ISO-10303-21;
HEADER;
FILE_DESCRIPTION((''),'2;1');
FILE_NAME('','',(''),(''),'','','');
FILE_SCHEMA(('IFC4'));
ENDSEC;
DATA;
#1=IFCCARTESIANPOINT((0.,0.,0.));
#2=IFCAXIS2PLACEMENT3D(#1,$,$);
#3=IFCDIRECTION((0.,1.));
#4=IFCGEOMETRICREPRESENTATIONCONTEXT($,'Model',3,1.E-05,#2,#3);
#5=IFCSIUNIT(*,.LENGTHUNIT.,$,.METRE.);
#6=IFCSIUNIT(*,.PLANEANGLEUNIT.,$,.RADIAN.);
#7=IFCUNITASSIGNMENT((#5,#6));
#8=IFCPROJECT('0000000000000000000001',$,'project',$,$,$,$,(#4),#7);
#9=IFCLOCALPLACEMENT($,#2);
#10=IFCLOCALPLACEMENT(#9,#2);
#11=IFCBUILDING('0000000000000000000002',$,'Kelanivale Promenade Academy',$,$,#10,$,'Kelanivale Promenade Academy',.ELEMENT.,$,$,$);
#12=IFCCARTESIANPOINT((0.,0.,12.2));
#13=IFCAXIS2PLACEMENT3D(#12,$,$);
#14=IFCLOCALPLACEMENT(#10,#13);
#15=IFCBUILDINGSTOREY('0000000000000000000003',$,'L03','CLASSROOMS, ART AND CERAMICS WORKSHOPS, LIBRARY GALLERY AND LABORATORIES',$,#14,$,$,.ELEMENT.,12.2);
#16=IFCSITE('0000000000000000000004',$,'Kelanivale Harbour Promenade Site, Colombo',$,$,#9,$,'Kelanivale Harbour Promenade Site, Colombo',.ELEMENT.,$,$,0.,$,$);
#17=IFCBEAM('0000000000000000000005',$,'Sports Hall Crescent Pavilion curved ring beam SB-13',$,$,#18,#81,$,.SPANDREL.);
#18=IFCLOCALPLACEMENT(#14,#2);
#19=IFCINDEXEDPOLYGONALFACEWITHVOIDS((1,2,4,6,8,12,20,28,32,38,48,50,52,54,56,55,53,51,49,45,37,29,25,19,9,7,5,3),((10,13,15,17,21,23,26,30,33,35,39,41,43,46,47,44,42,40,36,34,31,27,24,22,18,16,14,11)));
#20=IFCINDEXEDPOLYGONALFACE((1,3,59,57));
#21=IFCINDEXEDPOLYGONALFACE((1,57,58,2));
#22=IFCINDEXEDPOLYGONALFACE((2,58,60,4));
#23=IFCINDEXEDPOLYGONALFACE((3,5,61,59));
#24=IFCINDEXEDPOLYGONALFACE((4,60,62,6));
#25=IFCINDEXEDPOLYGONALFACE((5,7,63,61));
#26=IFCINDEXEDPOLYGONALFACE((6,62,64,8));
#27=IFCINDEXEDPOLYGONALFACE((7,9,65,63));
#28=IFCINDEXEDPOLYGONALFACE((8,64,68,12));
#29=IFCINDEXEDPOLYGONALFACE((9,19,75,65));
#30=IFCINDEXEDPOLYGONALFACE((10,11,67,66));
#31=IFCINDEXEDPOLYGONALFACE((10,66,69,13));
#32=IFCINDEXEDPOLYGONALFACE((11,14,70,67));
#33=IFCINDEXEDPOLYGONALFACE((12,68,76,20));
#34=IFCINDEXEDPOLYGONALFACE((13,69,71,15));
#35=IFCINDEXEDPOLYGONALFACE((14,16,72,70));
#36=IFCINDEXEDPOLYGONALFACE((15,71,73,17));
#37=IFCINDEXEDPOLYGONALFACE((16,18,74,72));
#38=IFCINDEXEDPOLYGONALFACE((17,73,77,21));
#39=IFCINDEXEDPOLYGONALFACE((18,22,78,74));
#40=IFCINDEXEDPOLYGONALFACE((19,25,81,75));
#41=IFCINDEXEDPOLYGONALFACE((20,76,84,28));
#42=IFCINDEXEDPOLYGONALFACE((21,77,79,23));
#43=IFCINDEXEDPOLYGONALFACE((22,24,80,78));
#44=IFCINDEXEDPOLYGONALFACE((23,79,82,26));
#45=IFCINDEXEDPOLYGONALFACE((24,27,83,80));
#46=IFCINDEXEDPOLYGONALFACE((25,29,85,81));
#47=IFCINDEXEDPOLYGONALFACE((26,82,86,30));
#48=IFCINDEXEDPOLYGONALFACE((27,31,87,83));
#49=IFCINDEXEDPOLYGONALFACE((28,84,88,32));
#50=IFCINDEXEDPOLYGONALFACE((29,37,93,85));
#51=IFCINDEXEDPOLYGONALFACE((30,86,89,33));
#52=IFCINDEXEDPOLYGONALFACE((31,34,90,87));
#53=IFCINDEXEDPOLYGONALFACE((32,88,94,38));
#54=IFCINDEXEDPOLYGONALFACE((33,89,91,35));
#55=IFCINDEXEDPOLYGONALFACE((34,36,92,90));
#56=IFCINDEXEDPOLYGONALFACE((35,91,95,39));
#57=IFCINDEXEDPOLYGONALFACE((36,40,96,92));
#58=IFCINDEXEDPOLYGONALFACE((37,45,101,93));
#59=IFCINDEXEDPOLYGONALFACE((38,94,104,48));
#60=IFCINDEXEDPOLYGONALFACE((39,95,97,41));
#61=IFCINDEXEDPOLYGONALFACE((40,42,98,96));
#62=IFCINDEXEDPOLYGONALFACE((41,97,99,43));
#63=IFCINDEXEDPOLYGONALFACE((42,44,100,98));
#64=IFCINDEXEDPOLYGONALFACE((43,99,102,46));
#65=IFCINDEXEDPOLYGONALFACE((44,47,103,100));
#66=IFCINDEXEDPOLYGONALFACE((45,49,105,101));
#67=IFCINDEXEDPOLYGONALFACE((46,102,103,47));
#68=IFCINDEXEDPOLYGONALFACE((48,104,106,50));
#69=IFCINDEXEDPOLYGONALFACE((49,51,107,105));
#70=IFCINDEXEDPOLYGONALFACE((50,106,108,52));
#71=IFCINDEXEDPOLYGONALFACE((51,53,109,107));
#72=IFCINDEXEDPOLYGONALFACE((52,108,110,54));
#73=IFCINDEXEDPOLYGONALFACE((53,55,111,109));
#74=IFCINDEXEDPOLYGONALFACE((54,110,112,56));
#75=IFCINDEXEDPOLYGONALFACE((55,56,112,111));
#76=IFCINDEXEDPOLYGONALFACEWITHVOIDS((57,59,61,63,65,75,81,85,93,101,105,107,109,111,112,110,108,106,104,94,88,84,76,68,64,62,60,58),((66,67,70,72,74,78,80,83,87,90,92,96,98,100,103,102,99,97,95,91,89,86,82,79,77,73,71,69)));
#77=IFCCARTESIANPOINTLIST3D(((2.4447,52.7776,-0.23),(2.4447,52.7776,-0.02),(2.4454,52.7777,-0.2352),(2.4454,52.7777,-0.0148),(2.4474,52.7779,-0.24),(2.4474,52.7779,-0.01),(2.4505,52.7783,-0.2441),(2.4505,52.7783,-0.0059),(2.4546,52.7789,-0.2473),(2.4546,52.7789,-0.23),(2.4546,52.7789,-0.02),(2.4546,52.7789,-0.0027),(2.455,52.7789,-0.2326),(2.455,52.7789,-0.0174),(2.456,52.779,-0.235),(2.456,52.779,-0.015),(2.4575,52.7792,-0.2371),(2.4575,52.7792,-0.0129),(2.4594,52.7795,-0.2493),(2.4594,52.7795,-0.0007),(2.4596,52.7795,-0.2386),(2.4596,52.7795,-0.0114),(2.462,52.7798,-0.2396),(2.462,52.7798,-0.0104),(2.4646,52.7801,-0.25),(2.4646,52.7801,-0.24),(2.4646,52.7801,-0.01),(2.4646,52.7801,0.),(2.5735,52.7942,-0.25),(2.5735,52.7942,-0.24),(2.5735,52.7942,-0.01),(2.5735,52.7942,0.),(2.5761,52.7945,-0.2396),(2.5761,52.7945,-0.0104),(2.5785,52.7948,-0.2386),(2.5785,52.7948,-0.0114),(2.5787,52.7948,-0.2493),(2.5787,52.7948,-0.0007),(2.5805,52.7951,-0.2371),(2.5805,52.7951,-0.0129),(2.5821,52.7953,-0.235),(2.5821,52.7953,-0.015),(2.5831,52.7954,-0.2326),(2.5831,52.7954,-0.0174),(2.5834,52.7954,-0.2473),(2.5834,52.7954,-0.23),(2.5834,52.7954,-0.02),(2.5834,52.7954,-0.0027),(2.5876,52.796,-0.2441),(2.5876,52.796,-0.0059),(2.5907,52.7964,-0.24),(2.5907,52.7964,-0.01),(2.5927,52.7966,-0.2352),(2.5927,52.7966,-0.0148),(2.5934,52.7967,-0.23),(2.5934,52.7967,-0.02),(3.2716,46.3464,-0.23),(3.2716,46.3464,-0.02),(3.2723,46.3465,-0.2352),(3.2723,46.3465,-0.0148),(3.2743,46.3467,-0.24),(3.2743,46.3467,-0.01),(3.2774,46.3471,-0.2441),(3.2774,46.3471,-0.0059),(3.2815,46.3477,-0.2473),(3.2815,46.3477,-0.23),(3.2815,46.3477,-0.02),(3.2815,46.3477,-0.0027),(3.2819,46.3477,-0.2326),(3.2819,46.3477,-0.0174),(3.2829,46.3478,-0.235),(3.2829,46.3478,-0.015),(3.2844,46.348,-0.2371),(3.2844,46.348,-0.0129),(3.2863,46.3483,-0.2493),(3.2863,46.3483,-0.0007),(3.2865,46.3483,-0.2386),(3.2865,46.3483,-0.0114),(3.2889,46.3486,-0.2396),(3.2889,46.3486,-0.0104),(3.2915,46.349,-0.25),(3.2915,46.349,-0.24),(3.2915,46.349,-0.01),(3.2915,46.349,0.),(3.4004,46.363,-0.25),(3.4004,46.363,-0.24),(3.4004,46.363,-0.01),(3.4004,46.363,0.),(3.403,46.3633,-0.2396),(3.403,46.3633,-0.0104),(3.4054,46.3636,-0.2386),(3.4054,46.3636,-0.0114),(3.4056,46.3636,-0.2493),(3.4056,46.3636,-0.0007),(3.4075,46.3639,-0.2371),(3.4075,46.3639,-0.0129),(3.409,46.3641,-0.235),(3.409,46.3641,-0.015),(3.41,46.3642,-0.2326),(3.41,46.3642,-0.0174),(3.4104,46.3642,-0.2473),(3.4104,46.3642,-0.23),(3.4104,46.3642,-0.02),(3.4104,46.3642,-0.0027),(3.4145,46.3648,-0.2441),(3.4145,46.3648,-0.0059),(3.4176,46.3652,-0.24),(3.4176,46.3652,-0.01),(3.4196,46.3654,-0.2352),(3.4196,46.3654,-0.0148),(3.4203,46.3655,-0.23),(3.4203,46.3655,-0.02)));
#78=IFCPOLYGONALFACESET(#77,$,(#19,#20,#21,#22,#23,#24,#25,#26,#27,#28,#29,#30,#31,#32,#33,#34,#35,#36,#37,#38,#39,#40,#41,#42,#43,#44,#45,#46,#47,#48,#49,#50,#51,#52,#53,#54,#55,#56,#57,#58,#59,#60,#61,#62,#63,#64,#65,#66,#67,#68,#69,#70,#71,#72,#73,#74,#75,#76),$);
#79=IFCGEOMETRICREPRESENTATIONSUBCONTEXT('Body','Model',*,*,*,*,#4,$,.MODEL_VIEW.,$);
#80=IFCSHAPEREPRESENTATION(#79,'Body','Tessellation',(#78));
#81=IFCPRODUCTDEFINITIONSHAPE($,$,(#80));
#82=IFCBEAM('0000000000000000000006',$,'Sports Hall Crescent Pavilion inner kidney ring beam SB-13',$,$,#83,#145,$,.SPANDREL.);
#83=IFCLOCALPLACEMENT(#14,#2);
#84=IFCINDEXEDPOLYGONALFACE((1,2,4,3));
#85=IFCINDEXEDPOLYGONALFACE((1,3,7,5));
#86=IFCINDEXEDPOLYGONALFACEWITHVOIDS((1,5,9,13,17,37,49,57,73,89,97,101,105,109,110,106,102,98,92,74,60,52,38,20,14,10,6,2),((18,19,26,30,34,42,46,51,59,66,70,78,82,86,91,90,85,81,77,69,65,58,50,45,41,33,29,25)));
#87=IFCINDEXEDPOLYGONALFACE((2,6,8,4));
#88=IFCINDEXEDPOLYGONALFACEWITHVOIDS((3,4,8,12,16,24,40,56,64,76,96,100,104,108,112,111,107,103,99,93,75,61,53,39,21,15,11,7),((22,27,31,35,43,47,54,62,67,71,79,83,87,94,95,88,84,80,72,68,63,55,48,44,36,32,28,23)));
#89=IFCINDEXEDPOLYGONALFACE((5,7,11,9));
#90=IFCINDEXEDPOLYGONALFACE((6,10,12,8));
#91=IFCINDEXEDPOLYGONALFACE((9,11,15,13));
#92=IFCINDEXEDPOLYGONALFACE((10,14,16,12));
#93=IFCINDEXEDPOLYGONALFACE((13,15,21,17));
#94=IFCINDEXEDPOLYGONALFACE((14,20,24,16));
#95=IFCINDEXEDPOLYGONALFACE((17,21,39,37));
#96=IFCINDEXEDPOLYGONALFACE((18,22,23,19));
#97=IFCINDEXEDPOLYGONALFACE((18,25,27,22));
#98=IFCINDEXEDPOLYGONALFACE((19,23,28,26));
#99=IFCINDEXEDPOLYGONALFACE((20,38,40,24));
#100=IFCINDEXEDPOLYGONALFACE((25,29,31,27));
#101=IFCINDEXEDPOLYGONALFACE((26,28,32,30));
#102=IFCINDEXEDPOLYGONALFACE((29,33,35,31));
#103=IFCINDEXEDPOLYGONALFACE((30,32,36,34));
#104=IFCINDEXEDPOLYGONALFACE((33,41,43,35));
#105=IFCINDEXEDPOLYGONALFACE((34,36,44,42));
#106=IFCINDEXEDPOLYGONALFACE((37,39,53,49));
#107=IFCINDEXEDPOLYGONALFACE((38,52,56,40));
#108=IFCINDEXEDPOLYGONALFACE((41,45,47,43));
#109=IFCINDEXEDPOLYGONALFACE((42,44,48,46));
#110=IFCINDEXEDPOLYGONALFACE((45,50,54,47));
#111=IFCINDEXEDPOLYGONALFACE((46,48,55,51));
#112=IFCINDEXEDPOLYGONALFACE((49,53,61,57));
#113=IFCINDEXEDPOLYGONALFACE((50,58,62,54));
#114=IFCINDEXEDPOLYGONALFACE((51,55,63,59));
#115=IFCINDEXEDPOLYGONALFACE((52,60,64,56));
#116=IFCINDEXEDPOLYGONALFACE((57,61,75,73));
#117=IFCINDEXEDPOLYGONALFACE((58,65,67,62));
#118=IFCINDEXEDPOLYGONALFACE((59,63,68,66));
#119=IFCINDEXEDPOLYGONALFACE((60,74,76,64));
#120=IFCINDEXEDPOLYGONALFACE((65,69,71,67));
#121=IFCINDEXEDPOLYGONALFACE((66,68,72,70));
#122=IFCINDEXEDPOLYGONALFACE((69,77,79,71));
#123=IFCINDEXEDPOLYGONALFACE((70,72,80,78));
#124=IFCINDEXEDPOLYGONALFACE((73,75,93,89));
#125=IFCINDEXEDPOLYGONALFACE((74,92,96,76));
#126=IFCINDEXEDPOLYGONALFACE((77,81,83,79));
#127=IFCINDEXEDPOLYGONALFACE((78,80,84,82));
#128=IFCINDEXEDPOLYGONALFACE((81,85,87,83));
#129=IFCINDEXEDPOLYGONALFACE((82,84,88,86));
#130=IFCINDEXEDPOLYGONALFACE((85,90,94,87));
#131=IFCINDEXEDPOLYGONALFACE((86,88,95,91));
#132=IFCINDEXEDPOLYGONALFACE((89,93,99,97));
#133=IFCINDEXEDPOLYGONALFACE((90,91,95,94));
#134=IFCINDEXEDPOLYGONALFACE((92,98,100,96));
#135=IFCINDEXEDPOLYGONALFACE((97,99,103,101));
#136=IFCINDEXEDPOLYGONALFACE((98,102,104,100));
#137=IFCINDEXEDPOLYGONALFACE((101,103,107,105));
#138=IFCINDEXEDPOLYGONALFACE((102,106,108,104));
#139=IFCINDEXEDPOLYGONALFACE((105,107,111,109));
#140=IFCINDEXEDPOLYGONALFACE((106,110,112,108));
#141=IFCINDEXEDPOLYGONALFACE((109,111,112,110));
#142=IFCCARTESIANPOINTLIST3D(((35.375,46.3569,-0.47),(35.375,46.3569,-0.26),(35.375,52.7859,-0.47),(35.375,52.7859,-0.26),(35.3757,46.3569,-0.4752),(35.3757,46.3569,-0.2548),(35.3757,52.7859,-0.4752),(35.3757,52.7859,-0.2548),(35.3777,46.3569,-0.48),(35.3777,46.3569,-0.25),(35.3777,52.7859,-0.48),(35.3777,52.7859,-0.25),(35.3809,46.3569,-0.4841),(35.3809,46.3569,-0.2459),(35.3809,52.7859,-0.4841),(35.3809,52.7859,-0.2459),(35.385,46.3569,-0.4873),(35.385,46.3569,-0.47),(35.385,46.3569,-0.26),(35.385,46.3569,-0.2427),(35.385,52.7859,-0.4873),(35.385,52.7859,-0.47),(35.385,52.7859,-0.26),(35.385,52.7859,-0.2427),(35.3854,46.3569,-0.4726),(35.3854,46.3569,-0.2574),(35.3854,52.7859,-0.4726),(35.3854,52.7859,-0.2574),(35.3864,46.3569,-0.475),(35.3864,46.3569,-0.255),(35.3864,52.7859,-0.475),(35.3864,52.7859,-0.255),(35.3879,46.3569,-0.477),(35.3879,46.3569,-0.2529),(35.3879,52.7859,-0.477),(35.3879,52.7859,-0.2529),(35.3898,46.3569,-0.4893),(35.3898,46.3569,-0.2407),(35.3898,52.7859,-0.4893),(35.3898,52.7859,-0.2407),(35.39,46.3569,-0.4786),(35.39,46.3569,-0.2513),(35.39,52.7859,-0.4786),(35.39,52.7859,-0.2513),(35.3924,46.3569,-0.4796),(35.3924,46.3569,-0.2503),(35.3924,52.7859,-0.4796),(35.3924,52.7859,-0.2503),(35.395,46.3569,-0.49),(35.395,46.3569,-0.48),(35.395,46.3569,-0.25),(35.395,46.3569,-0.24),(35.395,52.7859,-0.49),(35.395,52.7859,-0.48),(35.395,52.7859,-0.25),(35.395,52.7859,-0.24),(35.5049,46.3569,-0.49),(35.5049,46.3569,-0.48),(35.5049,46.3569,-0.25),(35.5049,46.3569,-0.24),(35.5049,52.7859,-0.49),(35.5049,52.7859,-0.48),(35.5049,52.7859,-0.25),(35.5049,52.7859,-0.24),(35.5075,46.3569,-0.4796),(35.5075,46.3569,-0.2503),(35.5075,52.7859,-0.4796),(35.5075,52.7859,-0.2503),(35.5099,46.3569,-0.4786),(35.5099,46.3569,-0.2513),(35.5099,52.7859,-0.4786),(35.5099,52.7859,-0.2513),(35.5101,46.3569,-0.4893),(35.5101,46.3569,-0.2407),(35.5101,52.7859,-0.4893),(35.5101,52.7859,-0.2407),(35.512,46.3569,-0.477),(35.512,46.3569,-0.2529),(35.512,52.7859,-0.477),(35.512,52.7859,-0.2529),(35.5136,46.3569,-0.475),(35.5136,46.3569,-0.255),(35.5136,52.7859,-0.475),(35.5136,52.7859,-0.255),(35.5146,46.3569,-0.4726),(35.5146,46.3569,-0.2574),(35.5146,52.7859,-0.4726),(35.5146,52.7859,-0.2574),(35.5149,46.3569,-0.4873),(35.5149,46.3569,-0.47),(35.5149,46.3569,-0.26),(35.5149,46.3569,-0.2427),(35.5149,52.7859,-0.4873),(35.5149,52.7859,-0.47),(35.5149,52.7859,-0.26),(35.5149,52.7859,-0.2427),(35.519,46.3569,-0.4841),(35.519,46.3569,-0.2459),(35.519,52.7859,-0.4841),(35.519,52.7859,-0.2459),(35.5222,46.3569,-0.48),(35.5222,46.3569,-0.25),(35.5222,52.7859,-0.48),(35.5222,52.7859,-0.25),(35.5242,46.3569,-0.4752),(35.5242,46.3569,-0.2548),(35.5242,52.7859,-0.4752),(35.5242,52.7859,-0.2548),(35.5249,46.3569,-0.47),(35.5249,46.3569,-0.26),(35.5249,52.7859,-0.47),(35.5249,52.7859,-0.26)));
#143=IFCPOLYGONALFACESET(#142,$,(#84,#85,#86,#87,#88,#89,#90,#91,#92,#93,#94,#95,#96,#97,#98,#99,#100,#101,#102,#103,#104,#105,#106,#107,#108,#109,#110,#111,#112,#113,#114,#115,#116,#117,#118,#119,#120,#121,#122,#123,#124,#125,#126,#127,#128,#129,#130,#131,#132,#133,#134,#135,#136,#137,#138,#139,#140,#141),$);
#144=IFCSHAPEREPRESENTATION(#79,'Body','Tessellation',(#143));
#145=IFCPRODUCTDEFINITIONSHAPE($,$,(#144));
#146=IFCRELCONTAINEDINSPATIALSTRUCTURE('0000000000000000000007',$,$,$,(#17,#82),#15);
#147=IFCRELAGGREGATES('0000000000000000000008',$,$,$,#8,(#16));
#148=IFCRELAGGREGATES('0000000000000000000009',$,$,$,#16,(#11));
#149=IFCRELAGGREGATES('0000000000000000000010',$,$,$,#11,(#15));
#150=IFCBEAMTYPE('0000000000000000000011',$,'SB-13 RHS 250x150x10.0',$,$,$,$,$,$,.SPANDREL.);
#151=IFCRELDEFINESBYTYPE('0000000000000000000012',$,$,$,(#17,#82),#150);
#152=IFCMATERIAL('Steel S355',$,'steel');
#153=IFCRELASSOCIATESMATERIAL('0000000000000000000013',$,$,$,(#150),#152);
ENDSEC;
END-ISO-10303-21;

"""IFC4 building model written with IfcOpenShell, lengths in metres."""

from ifc_helpers import new_model, si_unit, direction, frame, origin, origin_2d, place, context, subcontext, project, spatial, hollow_rectangle, extrude, material, material_profile, profile_set, type_object, element, save


model = new_model("IFC4")

# Units and contexts
model_context = context("Model", 3, precision=1e-05, world=origin(), true_north=direction((0.0, 1.0)))
body_context = subcontext(model_context, "Body", "Model", "MODEL_VIEW")
ifc_project = project(units=[si_unit("LENGTHUNIT", "METRE"), si_unit("PLANEANGLEUNIT", "RADIAN")], contexts=[model_context])

# Site, building, storey
site_placement = place(None, origin())
site = spatial("IfcSite", under=ifc_project, at=site_placement, Name="Kelanivale Harbour Promenade Site, Colombo", LongName="Kelanivale Harbour Promenade Site, Colombo", CompositionType="ELEMENT", RefElevation=0.0)
building_placement = place(site_placement, origin())
building = spatial("IfcBuilding", under=site, at=building_placement, Name="Kelanivale Promenade Academy", LongName="Kelanivale Promenade Academy", CompositionType="ELEMENT")
storey_placement = place(building_placement, frame((0.0, 0.0, 12.2)))
storey = spatial("IfcBuildingStorey", under=building, at=storey_placement, Name="L03", Description="CLASSROOMS, ART AND CERAMICS WORKSHOPS, LIBRARY GALLERY AND LABORATORIES", CompositionType="ELEMENT", Elevation=12.2)

# Shared definitions
ifc_material_1 = material(Name="Steel S355", Category="steel")

# Beams
ifc_material_profile_1 = material_profile(ifc_material_1, hollow_rectangle(XDim=0.1499, YDim=0.25, WallThickness=0.01, InnerFilletRadius=0.01, OuterFilletRadius=0.02, at=origin_2d()), Name="RHS 250x150x10.0")
ifc_profile_set_1 = profile_set([ifc_material_profile_1], Name="Steel S355")
beam_type = type_object("IfcBeamType", Name="SB-13 RHS 250x150x10.0", PredefinedType="SPANDREL", material=ifc_profile_set_1)
beam_1_placement = place(storey_placement, frame((3.3459, 46.356, -0.125), z_axis=(-0.127528, 0.991835, 0.0), x_axis=(-0.991835, -0.127528, 0.0)))
element("IfcBeam", 1, at=beam_1_placement, inside=storey, type_object=beam_type, Name="Sports Hall Crescent Pavilion curved ring beam SB-13", PredefinedType="SPANDREL", context=body_context, shape_type="SweptSolid", body=[
    extrude(hollow_rectangle(XDim=0.1499, YDim=0.25, WallThickness=0.01, InnerFilletRadius=0.01, OuterFilletRadius=0.02, at=origin_2d()), origin(), (0.0, 0.0, 1.0), 6.4841),
])
beam_2_placement = place(storey_placement, frame((35.45, 46.3569, -0.365), z_axis=(0.0, 1.0, 0.0), x_axis=(-1.0, 0.0, 0.0)))
element("IfcBeam", 2, at=beam_2_placement, inside=storey, type_object=beam_type, Name="Sports Hall Crescent Pavilion inner kidney ring beam SB-13", PredefinedType="SPANDREL", context=body_context, shape_type="SweptSolid", body=[
    extrude(hollow_rectangle(XDim=0.1499, YDim=0.25, WallThickness=0.01, InnerFilletRadius=0.01, OuterFilletRadius=0.02, at=origin_2d()), origin(), (0.0, 0.0, 1.0), 6.429),
])

save(model, "model.ifc")
